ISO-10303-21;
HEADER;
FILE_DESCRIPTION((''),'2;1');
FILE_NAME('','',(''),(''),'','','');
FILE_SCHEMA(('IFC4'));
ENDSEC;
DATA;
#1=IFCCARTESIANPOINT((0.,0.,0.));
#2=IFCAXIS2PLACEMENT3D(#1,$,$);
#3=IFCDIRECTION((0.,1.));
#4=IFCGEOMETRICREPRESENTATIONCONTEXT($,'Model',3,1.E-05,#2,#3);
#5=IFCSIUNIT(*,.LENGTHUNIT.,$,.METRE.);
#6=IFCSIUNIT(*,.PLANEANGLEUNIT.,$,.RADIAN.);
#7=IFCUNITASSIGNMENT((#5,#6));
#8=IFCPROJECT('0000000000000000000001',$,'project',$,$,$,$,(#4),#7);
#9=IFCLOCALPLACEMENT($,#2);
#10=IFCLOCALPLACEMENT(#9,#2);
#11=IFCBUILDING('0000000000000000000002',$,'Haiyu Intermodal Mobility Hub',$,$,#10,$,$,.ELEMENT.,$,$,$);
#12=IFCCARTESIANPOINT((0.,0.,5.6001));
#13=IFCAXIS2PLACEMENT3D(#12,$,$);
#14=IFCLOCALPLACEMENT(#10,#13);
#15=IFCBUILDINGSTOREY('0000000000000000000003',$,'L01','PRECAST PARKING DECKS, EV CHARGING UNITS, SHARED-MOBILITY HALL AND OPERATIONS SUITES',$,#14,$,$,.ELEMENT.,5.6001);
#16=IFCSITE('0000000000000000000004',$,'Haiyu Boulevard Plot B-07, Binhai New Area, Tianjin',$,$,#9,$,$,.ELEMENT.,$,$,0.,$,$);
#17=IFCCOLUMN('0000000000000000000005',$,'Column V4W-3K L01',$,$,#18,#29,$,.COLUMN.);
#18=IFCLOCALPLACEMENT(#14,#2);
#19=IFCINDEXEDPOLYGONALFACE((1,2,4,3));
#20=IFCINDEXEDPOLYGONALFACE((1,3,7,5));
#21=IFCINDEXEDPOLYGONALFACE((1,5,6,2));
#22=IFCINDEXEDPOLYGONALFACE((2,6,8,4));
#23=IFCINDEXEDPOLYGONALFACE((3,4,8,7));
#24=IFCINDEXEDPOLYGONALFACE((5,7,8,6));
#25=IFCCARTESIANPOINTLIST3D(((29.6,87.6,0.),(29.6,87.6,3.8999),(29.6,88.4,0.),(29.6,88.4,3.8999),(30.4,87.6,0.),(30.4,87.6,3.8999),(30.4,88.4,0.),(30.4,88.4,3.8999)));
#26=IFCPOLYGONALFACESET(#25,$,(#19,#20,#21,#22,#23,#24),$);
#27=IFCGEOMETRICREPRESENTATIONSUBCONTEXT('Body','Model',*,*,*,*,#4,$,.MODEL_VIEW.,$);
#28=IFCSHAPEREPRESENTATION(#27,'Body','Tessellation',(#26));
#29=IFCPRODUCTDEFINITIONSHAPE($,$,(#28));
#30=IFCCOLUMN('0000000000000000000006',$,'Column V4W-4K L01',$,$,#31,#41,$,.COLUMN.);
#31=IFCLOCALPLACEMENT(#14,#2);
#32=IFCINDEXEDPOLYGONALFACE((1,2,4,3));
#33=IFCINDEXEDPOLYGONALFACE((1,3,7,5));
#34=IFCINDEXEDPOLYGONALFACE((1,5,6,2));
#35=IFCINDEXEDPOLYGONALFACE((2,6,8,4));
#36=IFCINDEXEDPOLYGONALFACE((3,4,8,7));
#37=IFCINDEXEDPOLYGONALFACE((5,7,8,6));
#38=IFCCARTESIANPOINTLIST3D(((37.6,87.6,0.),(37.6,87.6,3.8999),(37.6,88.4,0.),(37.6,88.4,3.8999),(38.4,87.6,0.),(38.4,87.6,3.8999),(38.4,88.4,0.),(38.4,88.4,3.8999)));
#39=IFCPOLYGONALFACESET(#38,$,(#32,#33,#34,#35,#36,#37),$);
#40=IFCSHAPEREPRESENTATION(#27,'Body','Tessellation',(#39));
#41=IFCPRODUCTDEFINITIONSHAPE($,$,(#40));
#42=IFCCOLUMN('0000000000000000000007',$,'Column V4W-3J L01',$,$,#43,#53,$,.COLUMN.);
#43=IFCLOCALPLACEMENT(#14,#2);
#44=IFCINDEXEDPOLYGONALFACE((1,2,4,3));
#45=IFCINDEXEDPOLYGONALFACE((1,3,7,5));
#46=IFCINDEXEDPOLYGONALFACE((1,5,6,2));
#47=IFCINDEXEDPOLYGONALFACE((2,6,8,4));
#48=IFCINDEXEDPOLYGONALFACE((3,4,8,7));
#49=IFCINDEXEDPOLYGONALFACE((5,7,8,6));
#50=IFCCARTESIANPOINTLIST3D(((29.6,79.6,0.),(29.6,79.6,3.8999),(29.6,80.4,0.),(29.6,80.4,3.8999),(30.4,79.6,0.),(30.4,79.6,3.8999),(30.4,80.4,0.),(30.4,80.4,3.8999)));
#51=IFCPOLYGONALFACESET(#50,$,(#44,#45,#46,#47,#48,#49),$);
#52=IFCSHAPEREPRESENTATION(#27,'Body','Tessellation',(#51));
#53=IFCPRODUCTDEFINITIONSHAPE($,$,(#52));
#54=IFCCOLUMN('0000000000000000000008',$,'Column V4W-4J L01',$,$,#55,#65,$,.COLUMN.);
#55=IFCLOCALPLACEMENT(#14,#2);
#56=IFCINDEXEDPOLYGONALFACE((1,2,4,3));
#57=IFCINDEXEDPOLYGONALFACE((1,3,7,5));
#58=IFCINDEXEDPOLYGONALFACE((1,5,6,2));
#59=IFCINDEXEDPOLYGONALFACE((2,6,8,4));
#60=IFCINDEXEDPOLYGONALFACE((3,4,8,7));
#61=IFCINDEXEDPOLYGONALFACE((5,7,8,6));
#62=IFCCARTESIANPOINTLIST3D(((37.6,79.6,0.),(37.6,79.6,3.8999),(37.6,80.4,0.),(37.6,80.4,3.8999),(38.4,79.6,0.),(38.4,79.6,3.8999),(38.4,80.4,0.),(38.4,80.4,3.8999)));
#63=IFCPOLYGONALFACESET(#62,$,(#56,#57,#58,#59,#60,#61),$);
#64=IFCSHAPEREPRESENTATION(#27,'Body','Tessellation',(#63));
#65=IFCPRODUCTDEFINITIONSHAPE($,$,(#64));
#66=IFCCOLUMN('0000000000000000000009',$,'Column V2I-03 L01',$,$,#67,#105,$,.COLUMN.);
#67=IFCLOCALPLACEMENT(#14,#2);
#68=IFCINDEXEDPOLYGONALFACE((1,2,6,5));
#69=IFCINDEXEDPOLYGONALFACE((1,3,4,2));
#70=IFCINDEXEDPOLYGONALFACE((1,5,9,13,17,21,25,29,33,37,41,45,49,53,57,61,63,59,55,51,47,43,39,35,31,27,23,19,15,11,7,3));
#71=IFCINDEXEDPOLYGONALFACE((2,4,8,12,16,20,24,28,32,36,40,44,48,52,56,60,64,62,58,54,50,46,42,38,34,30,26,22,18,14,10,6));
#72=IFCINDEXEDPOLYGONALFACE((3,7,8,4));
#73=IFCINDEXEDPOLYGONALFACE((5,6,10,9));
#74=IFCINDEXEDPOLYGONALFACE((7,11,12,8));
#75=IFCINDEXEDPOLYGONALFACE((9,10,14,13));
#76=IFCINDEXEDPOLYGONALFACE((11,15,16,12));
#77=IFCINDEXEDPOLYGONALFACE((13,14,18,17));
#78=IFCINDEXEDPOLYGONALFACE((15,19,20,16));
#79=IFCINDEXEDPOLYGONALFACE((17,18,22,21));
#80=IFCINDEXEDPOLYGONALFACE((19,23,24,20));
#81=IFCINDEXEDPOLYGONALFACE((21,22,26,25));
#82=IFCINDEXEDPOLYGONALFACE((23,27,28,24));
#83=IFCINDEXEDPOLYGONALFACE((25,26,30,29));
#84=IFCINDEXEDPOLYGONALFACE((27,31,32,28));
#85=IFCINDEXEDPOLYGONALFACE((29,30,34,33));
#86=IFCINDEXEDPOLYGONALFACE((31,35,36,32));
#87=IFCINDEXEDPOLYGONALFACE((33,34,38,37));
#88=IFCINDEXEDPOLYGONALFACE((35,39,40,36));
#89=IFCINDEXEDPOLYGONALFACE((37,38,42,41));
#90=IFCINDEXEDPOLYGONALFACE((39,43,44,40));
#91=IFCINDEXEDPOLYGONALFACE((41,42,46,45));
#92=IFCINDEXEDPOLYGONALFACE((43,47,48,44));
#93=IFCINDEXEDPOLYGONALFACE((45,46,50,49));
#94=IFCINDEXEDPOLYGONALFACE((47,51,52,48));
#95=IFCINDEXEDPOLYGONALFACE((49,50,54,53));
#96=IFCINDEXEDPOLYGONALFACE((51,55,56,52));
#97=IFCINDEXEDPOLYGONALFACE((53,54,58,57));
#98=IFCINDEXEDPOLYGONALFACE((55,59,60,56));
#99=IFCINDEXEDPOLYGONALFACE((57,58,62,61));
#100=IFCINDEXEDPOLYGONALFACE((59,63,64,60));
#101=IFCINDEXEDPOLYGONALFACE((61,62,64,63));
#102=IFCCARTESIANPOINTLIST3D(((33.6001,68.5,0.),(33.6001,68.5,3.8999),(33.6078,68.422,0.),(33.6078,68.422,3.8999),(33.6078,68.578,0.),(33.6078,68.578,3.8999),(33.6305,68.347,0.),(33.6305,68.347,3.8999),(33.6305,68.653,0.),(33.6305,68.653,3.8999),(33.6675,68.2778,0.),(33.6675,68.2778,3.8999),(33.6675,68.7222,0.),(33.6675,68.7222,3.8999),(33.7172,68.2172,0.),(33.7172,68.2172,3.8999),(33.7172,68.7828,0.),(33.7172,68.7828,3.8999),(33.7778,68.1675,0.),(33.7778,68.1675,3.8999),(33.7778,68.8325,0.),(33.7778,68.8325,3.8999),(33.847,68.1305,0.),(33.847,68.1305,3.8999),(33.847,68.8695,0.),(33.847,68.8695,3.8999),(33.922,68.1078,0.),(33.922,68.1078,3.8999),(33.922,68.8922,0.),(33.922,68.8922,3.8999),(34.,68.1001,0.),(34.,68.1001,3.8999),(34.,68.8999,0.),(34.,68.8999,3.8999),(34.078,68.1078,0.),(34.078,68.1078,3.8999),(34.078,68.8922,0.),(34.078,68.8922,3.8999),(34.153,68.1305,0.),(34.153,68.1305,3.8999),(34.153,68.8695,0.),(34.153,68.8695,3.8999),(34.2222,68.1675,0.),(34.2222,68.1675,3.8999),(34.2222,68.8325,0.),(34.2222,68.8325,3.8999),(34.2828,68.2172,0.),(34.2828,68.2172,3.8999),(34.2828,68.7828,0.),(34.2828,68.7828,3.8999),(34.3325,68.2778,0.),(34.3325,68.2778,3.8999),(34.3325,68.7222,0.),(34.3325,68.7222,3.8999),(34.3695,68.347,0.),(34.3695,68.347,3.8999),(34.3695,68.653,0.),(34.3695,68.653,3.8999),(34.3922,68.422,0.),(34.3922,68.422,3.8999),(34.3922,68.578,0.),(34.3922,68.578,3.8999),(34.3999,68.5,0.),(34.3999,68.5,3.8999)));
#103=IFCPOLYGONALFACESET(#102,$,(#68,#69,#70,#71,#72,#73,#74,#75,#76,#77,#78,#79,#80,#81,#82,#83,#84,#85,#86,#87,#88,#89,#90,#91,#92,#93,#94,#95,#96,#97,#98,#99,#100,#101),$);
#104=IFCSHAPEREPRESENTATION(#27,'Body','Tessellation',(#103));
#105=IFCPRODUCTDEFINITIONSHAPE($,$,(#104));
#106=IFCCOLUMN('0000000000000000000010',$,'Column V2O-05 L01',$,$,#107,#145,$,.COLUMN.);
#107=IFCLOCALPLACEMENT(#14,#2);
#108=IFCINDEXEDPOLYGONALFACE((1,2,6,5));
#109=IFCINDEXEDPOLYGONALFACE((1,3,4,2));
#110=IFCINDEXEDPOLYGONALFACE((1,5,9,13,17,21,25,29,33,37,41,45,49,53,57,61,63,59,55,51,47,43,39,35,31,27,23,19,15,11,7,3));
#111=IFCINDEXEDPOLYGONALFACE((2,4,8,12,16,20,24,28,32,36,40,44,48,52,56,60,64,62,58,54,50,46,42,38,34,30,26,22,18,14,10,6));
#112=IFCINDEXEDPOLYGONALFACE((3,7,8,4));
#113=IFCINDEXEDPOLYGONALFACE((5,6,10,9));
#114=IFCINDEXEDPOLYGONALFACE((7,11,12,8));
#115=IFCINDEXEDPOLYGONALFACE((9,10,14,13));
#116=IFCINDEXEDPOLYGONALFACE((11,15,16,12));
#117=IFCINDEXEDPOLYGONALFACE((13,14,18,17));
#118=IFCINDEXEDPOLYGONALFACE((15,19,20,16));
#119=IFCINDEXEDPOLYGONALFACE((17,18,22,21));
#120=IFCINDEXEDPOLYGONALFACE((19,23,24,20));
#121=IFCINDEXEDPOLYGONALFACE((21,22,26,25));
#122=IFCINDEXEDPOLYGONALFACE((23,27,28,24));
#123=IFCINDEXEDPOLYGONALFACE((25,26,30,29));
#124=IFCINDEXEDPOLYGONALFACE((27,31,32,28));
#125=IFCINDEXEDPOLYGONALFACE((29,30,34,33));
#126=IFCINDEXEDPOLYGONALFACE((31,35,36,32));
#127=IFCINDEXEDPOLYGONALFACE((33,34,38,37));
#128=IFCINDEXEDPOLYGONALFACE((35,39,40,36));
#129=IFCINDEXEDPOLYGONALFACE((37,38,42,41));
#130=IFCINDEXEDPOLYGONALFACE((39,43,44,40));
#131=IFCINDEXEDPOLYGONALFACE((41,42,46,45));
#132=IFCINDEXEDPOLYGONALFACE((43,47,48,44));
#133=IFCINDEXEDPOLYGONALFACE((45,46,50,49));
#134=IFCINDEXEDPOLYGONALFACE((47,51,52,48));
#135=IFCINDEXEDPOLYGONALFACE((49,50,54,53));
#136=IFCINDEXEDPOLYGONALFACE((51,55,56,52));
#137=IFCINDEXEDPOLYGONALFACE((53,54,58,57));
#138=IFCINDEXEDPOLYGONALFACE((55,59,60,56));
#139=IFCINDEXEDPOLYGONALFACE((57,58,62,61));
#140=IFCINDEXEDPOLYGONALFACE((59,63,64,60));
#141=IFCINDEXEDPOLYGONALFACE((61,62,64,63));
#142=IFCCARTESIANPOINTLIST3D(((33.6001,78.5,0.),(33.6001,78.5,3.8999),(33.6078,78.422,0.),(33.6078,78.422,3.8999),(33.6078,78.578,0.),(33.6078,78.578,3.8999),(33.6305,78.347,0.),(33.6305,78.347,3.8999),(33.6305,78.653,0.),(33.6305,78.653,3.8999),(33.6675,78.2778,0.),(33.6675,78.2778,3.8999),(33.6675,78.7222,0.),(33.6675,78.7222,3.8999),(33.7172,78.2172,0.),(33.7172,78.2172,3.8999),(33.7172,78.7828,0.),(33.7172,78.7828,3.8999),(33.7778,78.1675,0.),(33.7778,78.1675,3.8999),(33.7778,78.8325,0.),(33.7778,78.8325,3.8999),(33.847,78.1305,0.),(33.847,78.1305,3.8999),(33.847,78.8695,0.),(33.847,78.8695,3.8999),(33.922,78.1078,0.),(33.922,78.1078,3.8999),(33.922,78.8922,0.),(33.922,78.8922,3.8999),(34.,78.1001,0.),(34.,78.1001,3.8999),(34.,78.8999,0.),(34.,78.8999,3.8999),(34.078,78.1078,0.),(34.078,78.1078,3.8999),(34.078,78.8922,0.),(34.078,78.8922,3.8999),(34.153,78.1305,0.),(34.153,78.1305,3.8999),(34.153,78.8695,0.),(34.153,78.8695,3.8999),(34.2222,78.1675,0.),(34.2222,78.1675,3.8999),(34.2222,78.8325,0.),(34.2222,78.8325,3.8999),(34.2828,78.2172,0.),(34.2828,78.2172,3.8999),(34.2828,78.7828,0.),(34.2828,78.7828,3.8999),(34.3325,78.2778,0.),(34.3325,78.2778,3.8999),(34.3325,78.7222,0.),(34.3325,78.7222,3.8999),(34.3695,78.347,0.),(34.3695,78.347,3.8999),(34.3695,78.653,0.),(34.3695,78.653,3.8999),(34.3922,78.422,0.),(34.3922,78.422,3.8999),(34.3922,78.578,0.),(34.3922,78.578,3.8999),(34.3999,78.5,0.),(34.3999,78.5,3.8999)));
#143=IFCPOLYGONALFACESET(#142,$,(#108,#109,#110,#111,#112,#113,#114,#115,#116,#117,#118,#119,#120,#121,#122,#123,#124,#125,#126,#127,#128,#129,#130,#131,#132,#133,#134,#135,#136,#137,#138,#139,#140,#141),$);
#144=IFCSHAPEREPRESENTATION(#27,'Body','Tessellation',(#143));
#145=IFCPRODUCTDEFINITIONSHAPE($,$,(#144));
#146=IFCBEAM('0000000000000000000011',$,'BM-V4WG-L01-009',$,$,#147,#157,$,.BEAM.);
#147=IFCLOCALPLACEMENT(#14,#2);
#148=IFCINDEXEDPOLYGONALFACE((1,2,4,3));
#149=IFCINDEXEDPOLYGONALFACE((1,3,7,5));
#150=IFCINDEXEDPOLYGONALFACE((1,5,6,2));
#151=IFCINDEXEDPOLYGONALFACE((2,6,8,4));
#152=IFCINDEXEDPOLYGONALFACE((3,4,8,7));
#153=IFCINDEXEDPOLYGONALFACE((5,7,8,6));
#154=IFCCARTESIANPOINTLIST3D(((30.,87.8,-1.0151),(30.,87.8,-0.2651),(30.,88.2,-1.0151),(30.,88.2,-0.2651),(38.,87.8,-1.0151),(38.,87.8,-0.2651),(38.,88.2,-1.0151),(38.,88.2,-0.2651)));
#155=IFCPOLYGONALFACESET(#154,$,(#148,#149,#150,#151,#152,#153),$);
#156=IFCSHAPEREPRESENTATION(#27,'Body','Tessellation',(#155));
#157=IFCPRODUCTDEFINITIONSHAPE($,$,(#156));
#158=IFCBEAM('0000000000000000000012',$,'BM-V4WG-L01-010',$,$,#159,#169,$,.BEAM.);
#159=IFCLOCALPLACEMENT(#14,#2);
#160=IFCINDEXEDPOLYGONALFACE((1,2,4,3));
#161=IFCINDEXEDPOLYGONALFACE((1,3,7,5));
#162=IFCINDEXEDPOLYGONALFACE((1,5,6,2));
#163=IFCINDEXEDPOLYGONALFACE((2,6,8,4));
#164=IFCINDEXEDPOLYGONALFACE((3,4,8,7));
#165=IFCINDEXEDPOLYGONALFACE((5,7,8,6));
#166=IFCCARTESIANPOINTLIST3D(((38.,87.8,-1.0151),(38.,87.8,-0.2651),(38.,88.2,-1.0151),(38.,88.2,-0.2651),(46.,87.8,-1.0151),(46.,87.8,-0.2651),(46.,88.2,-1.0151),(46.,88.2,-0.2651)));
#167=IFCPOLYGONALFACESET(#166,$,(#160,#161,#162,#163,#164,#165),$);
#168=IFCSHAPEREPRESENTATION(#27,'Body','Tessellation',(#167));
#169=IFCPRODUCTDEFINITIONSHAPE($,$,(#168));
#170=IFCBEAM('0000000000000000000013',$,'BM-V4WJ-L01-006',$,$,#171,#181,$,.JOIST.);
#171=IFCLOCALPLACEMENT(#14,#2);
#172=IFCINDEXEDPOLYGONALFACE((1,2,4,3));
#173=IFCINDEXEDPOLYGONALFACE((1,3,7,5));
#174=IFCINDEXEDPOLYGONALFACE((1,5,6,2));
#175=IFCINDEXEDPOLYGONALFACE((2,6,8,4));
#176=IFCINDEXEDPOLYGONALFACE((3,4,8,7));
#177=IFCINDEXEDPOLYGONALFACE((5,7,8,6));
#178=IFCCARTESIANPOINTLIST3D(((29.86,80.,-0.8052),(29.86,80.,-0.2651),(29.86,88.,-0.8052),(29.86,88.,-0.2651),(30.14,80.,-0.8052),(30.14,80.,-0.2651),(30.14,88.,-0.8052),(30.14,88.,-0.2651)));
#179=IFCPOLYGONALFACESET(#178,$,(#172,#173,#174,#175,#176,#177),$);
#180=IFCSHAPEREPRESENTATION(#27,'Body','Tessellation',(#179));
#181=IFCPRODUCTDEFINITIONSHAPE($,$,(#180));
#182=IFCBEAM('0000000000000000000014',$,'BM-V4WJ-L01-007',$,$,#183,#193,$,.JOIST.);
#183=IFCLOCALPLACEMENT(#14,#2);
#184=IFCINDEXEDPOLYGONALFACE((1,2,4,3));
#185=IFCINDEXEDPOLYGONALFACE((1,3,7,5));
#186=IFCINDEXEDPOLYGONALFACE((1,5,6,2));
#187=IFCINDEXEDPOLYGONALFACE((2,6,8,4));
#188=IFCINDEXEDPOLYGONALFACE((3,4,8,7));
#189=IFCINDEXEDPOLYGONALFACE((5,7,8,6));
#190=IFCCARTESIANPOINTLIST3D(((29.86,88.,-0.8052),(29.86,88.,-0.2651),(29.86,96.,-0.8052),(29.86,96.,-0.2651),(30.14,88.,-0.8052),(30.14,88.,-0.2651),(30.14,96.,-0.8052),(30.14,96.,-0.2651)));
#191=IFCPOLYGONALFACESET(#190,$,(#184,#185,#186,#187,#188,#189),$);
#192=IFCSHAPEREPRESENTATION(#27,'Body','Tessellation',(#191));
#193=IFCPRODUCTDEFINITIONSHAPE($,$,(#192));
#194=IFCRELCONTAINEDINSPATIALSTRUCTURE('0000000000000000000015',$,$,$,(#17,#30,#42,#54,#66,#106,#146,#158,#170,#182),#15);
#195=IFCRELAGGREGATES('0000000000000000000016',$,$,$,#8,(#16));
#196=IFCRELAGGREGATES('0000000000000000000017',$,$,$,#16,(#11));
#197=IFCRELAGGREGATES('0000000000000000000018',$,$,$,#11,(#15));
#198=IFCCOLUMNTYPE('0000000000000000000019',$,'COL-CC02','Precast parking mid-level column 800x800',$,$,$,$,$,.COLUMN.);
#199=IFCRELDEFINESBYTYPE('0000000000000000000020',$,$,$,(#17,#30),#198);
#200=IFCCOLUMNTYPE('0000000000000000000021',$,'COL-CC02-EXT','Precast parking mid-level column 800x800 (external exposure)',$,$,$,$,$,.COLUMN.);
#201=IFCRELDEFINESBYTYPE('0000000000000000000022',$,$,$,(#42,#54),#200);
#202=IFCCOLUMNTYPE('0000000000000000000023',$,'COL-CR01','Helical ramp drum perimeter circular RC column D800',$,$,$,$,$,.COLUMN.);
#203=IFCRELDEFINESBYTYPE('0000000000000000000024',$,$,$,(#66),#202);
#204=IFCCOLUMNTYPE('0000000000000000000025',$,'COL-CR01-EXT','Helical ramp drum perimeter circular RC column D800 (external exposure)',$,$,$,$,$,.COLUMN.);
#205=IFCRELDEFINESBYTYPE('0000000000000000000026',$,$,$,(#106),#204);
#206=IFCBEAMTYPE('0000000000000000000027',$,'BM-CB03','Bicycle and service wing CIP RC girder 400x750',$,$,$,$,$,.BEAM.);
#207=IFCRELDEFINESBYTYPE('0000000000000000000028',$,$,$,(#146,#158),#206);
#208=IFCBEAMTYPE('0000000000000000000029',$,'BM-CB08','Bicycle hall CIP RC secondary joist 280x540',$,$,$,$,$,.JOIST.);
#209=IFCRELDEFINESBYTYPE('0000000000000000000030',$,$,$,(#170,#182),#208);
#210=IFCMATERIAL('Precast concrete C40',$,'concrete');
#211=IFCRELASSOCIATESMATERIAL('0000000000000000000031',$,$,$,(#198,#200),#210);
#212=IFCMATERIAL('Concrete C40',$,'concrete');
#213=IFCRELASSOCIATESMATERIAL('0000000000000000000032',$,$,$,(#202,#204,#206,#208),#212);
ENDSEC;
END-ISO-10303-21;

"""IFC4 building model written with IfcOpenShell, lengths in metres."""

from ifc_helpers import new_model, si_unit, direction, frame, origin, origin_2d, place, context, subcontext, project, spatial, rectangle, circle, extrude, material, material_profile, profile_set, type_object, element, save


model = new_model("IFC4")

# Units and contexts
model_context = context("Model", 3, precision=1e-05, world=origin(), true_north=direction((0.0, 1.0)))
body_context = subcontext(model_context, "Body", "Model", "MODEL_VIEW")
ifc_project = project(units=[si_unit("LENGTHUNIT", "METRE"), si_unit("PLANEANGLEUNIT", "RADIAN")], contexts=[model_context])

# Site, building, storey
site_placement = place(None, origin())
site = spatial("IfcSite", under=ifc_project, at=site_placement, Name="Haiyu Boulevard Plot B-07, Binhai New Area, Tianjin", CompositionType="ELEMENT", RefElevation=0.0)
building_placement = place(site_placement, origin())
building = spatial("IfcBuilding", under=site, at=building_placement, Name="Haiyu Intermodal Mobility Hub", CompositionType="ELEMENT")
storey_placement = place(building_placement, frame((0.0, 0.0, 5.6001)))
storey = spatial("IfcBuildingStorey", under=building, at=storey_placement, Name="L01", Description="PRECAST PARKING DECKS, EV CHARGING UNITS, SHARED-MOBILITY HALL AND OPERATIONS SUITES", CompositionType="ELEMENT", Elevation=5.6001)

# Columns
ifc_material_1 = material(Name="Precast concrete C40", Category="concrete")
ifc_material_profile_1 = material_profile(ifc_material_1, rectangle(XDim=0.8, YDim=0.8, at=origin_2d()), Name="RC800x800")
ifc_profile_set_1 = profile_set([ifc_material_profile_1], Name="Precast concrete C40")
column_type_1 = type_object("IfcColumnType", Name="COL-CC02", Description="Precast parking mid-level column 800x800", PredefinedType="COLUMN", material=ifc_profile_set_1)
for number, where, z_axis, x_axis, name in (
    (1, (30.0, 88.0, 0.0), (0.0, 0.0, 1.0), (1.0, 0.0, 0.0), "Column V4W-3K L01"),
    (2, (38.0, 88.0, 0.0), (0.0, 0.0, 1.0), (1.0, 0.0, 0.0), "Column V4W-4K L01"),
):
    element("IfcColumn", number, at=place(storey_placement, frame(where, z_axis=z_axis, x_axis=x_axis)), inside=storey, type_object=column_type_1, Name=name, PredefinedType="COLUMN", context=body_context, shape_type="SweptSolid", body=[
        extrude(rectangle(XDim=0.8, YDim=0.8, at=origin_2d()), origin(), (0.0, 0.0, 1.0), 3.8999),
    ])
ifc_material_profile_2 = material_profile(ifc_material_1, rectangle(XDim=0.8, YDim=0.8, at=origin_2d()), Name="RC800x800")
ifc_profile_set_2 = profile_set([ifc_material_profile_2], Name="Precast concrete C40")
column_type_2 = type_object("IfcColumnType", Name="COL-CC02-EXT", Description="Precast parking mid-level column 800x800 (external exposure)", PredefinedType="COLUMN", material=ifc_profile_set_2)
for number, where, z_axis, x_axis, name in (
    (3, (30.0, 80.0, 0.0), (0.0, 0.0, 1.0), (1.0, 0.0, 0.0), "Column V4W-3J L01"),
    (4, (38.0, 80.0, 0.0), (0.0, 0.0, 1.0), (1.0, 0.0, 0.0), "Column V4W-4J L01"),
):
    element("IfcColumn", number, at=place(storey_placement, frame(where, z_axis=z_axis, x_axis=x_axis)), inside=storey, type_object=column_type_2, Name=name, PredefinedType="COLUMN", context=body_context, shape_type="SweptSolid", body=[
        extrude(rectangle(XDim=0.8, YDim=0.8, at=origin_2d()), origin(), (0.0, 0.0, 1.0), 3.8999),
    ])
ifc_material_2 = material(Name="Concrete C40", Category="concrete")
ifc_material_profile_3 = material_profile(ifc_material_2, circle(Radius=0.3999, at=origin_2d()), Name="RCCOL-D800")
ifc_profile_set_3 = profile_set([ifc_material_profile_3], Name="Concrete C40")
column_type_3 = type_object("IfcColumnType", Name="COL-CR01", Description="Helical ramp drum perimeter circular RC column D800", PredefinedType="COLUMN", material=ifc_profile_set_3)
column_1_placement = place(storey_placement, frame((34.0, 68.5, 0.0), z_axis=(0.0, 0.0, 1.0), x_axis=(1.0, 0.0, 0.0)))
element("IfcColumn", 5, at=column_1_placement, inside=storey, type_object=column_type_3, Name="Column V2I-03 L01", PredefinedType="COLUMN", context=body_context, shape_type="SweptSolid", body=[
    extrude(circle(Radius=0.3999, at=origin_2d()), origin(), (0.0, 0.0, 1.0), 3.8999),
])
ifc_material_profile_4 = material_profile(ifc_material_2, circle(Radius=0.3999, at=origin_2d()), Name="RCCOL-D800")
ifc_profile_set_4 = profile_set([ifc_material_profile_4], Name="Concrete C40")
column_type_4 = type_object("IfcColumnType", Name="COL-CR01-EXT", Description="Helical ramp drum perimeter circular RC column D800 (external exposure)", PredefinedType="COLUMN", material=ifc_profile_set_4)
column_2_placement = place(storey_placement, frame((34.0, 78.5, 0.0), z_axis=(0.0, 0.0, 1.0), x_axis=(1.0, 0.0, 0.0)))
element("IfcColumn", 6, at=column_2_placement, inside=storey, type_object=column_type_4, Name="Column V2O-05 L01", PredefinedType="COLUMN", context=body_context, shape_type="SweptSolid", body=[
    extrude(circle(Radius=0.3999, at=origin_2d()), origin(), (0.0, 0.0, 1.0), 3.8999),
])

# Beams
ifc_material_profile_5 = material_profile(ifc_material_2, rectangle(XDim=0.3999, YDim=0.75, at=origin_2d()), Name="RCB400x750")
ifc_profile_set_5 = profile_set([ifc_material_profile_5], Name="Concrete C40")
beam_type_1 = type_object("IfcBeamType", Name="BM-CB03", Description="Bicycle and service wing CIP RC girder 400x750", PredefinedType="BEAM", material=ifc_profile_set_5)
for number, where, z_axis, x_axis, name in (
    (7, (30.0, 88.0, -0.6401), (1.0, 0.0, 0.0), (0.0, 1.0, 0.0), "BM-V4WG-L01-009"),
    (8, (38.0, 88.0, -0.6401), (1.0, 0.0, 0.0), (0.0, 1.0, 0.0), "BM-V4WG-L01-010"),
):
    element("IfcBeam", number, at=place(storey_placement, frame(where, z_axis=z_axis, x_axis=x_axis)), inside=storey, type_object=beam_type_1, Name=name, PredefinedType="BEAM", context=body_context, shape_type="SweptSolid", body=[
        extrude(rectangle(XDim=0.3999, YDim=0.75, at=origin_2d()), origin(), (0.0, 0.0, 1.0), 8.0),
    ])
ifc_material_profile_6 = material_profile(ifc_material_2, rectangle(XDim=0.28, YDim=0.54, at=origin_2d()), Name="RCB280x540")
ifc_profile_set_6 = profile_set([ifc_material_profile_6], Name="Concrete C40")
beam_type_2 = type_object("IfcBeamType", Name="BM-CB08", Description="Bicycle hall CIP RC secondary joist 280x540", PredefinedType="JOIST", material=ifc_profile_set_6)
for number, where, z_axis, x_axis, name in (
    (9, (30.0, 80.0, -0.5352), (0.0, 1.0, 0.0), (-1.0, 0.0, 0.0), "BM-V4WJ-L01-006"),
    (10, (30.0, 88.0, -0.5352), (0.0, 1.0, 0.0), (-1.0, 0.0, 0.0), "BM-V4WJ-L01-007"),
):
    element("IfcBeam", number, at=place(storey_placement, frame(where, z_axis=z_axis, x_axis=x_axis)), inside=storey, type_object=beam_type_2, Name=name, PredefinedType="JOIST", context=body_context, shape_type="SweptSolid", body=[
        extrude(rectangle(XDim=0.28, YDim=0.54, at=origin_2d()), origin(), (0.0, 0.0, 1.0), 8.0),
    ])

save(model, "model.ifc")
